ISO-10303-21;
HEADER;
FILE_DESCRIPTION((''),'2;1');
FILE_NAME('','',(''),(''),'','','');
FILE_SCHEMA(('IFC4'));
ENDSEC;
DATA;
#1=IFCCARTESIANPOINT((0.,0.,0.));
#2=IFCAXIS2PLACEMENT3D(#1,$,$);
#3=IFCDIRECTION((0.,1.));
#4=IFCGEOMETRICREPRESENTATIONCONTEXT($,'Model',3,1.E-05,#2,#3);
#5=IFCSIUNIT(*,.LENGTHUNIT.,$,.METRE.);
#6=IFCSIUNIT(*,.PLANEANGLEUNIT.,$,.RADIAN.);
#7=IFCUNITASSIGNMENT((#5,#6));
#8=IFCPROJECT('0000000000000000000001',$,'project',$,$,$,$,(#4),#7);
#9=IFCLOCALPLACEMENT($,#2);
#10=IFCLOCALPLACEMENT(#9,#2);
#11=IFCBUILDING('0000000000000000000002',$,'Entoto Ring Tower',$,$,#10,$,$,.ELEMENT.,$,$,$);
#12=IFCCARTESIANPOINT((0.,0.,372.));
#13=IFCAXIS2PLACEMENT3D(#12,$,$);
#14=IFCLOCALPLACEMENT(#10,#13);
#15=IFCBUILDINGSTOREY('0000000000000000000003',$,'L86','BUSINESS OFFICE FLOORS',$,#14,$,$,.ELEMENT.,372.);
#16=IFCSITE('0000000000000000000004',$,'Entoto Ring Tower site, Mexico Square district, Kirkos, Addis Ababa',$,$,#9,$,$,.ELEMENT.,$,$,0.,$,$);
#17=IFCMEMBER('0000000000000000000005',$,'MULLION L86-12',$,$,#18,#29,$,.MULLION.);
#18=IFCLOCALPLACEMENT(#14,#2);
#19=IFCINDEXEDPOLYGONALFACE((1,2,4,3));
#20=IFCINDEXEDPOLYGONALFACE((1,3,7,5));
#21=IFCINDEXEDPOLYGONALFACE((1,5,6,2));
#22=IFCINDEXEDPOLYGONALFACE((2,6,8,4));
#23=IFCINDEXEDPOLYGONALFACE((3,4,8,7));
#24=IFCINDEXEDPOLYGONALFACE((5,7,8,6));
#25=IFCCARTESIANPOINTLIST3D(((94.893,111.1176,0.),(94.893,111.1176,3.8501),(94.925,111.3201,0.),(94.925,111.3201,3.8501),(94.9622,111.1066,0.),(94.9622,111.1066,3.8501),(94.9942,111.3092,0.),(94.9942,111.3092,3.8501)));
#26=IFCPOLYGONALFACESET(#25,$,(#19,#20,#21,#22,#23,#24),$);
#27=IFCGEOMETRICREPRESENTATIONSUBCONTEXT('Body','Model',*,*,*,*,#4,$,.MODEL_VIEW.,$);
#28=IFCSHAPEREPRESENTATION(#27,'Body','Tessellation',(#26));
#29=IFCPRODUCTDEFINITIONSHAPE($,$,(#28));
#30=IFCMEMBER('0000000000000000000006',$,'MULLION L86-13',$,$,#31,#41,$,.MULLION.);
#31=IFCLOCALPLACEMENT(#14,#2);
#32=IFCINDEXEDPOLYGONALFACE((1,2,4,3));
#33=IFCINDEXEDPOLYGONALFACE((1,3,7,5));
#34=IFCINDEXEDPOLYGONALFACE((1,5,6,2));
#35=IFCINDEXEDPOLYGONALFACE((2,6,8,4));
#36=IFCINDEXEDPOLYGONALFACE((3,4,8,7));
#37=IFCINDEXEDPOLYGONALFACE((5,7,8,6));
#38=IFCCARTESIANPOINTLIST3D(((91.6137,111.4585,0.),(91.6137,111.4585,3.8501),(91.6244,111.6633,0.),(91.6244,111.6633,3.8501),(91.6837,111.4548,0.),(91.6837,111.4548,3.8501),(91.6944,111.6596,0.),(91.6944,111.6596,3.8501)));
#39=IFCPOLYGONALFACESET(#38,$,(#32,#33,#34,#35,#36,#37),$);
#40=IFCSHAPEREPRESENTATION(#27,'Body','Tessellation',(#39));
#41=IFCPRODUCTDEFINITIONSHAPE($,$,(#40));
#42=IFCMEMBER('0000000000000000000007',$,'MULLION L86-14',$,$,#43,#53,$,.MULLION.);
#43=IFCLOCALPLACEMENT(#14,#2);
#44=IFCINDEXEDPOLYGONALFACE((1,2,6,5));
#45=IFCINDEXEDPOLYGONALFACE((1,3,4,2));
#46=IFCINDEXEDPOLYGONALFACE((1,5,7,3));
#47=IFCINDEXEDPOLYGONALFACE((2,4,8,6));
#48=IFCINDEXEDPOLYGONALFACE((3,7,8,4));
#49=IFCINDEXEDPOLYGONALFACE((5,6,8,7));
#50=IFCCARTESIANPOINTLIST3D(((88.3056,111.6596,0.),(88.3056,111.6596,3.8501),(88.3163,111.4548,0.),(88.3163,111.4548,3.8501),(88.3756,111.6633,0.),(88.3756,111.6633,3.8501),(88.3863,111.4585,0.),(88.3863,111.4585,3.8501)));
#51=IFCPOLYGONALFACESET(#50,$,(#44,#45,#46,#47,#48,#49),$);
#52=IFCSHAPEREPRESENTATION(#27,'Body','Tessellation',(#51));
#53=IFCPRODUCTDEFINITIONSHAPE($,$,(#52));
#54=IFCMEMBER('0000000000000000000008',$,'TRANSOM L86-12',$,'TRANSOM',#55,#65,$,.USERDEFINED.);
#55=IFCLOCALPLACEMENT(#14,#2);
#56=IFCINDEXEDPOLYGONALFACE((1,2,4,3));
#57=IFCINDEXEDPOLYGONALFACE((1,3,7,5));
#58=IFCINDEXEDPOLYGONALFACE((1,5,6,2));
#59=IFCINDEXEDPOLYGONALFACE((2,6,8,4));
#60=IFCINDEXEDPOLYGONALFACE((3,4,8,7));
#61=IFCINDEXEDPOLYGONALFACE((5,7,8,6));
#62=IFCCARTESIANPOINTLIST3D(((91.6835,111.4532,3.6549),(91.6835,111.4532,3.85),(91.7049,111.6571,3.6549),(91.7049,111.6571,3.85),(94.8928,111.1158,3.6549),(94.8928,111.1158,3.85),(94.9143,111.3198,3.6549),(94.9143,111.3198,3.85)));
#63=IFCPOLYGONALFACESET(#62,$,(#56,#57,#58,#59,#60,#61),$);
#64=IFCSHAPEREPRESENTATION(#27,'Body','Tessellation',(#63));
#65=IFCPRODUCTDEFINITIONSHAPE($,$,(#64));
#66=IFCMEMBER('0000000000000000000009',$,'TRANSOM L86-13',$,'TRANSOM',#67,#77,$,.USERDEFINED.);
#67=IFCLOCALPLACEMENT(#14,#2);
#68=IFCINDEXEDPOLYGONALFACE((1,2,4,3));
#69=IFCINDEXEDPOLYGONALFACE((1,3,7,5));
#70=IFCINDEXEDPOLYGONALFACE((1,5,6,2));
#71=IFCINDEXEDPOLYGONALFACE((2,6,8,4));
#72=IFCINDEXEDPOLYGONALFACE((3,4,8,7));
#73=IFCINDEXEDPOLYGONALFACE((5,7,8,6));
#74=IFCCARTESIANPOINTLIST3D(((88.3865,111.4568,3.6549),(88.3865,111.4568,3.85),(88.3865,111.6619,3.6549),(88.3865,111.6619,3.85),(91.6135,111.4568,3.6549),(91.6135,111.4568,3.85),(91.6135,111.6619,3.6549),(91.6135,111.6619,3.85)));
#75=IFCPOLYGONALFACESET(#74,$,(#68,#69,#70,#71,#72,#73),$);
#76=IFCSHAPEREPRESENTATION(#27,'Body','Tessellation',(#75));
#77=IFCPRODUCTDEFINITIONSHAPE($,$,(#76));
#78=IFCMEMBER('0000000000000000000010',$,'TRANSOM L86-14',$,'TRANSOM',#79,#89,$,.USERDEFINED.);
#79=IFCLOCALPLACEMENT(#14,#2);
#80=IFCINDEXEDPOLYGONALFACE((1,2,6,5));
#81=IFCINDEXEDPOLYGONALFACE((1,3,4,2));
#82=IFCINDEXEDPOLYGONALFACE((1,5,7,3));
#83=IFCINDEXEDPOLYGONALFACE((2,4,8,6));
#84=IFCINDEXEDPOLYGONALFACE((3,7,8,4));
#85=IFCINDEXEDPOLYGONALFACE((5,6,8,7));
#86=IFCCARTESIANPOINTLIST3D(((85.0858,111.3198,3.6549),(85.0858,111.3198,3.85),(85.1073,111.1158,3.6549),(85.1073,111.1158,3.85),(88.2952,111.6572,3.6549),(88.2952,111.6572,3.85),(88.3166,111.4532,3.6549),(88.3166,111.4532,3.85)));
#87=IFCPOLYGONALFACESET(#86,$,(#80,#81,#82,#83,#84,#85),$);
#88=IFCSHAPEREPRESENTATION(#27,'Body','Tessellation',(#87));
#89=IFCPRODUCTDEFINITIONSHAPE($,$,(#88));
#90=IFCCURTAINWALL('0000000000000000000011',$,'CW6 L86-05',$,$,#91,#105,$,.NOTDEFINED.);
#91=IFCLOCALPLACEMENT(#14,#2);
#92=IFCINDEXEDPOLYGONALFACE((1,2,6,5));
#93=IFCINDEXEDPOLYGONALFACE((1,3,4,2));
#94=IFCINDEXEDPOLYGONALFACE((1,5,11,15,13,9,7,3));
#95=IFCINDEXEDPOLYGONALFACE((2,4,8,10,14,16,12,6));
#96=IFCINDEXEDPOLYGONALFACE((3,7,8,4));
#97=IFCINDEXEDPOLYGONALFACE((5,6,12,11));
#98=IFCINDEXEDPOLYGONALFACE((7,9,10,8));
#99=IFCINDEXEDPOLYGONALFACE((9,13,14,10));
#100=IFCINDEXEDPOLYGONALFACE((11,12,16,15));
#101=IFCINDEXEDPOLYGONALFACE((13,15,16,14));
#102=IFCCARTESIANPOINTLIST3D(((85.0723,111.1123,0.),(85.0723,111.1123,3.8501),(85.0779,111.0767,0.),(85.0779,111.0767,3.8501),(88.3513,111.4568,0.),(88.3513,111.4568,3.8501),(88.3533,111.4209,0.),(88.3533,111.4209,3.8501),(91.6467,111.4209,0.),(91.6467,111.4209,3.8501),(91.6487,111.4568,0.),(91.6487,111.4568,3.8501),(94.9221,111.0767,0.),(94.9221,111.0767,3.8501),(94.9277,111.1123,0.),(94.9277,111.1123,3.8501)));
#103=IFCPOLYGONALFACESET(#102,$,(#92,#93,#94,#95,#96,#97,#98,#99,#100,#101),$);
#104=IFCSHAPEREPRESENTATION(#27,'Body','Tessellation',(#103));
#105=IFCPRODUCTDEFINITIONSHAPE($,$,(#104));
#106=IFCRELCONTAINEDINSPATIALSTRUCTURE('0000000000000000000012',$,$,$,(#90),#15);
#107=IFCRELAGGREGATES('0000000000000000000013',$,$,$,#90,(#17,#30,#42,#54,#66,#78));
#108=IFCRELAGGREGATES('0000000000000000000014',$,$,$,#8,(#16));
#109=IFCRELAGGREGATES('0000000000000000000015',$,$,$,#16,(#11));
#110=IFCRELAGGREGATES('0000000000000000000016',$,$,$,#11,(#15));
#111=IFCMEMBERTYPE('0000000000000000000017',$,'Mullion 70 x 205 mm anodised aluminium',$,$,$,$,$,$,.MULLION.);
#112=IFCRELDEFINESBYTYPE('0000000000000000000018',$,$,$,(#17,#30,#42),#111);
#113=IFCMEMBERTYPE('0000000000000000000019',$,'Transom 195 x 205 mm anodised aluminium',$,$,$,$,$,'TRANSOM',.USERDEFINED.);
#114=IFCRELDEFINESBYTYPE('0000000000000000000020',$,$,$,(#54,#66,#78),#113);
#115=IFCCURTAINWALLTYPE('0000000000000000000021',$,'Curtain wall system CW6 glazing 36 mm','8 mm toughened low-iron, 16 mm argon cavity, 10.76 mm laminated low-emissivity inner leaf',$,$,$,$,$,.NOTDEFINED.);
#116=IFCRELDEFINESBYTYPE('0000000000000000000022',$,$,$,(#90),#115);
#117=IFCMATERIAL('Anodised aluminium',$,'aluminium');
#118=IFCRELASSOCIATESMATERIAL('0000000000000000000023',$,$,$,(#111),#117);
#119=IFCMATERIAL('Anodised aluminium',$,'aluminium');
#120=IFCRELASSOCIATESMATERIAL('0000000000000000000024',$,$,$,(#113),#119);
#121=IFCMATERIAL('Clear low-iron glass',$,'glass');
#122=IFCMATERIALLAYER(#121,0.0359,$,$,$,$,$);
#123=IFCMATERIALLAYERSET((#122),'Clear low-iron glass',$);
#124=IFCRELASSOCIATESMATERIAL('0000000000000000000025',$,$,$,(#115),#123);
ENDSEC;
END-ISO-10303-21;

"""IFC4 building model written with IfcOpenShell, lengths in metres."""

from ifc_helpers import new_model, si_unit, direction, frame, origin, origin_2d, place, context, subcontext, project, spatial, polyline, rectangle, outline, extrude, material, layer, layer_set, material_profile, profile_set, type_object, element, aggregate, save


model = new_model("IFC4")

# Units and contexts
model_context = context("Model", 3, precision=1e-05, world=origin(), true_north=direction((0.0, 1.0)))
body_context = subcontext(model_context, "Body", "Model", "MODEL_VIEW")
ifc_project = project(units=[si_unit("LENGTHUNIT", "METRE"), si_unit("PLANEANGLEUNIT", "RADIAN")], contexts=[model_context])

# Members
ifc_material_1 = material(Name="Anodised aluminium", Category="aluminium")
ifc_material_profile_1 = material_profile(ifc_material_1, rectangle(XDim=0.0701, YDim=0.2051, at=origin_2d()), Name="Mullion 70 x 205 mm anodised aluminium")
ifc_profile_set_1 = profile_set([ifc_material_profile_1], Name="Anodised aluminium")
member_type_1 = type_object("IfcMemberType", Name="Mullion 70 x 205 mm anodised aluminium", PredefinedType="MULLION", material=ifc_profile_set_1)
site_placement = place(None, origin())
building_placement = place(site_placement, origin())
storey_placement = place(building_placement, frame((0.0, 0.0, 372.0)))
member_1_placement = place(storey_placement, frame((94.9436, 111.2134, 0.0), z_axis=(0.0, 0.0, 1.0), x_axis=(-0.987688, 0.156434, 0.0)))
member_1 = element("IfcMember", 1, at=member_1_placement, type_object=member_type_1, Name="MULLION L86-12", PredefinedType="MULLION", context=body_context, shape_type="SweptSolid", body=[
    extrude(rectangle(XDim=0.0701, YDim=0.2051, at=origin_2d()), origin(), (0.0, 0.0, 1.0), 3.8501),
])
member_2_placement = place(storey_placement, frame((91.6541, 111.5591, 0.0), z_axis=(0.0, 0.0, 1.0), x_axis=(-0.99863, 0.052336, 0.0)))
member_2 = element("IfcMember", 2, at=member_2_placement, type_object=member_type_1, Name="MULLION L86-13", PredefinedType="MULLION", context=body_context, shape_type="SweptSolid", body=[
    extrude(rectangle(XDim=0.0701, YDim=0.2051, at=origin_2d()), origin(), (0.0, 0.0, 1.0), 3.8501),
])
member_3_placement = place(storey_placement, frame((88.3459, 111.5591, 0.0), z_axis=(0.0, 0.0, 1.0), x_axis=(-0.99863, -0.052336, 0.0)))
member_3 = element("IfcMember", 3, at=member_3_placement, type_object=member_type_1, Name="MULLION L86-14", PredefinedType="MULLION", context=body_context, shape_type="SweptSolid", body=[
    extrude(rectangle(XDim=0.0701, YDim=0.2051, at=origin_2d()), origin(), (0.0, 0.0, 1.0), 3.8501),
])
ifc_material_2 = material(Name="Anodised aluminium", Category="aluminium")
ifc_material_profile_2 = material_profile(ifc_material_2, rectangle(XDim=0.2051, YDim=0.1951, at=origin_2d()), Name="Transom 195 x 205 mm anodised aluminium")
ifc_profile_set_2 = profile_set([ifc_material_profile_2], Name="Anodised aluminium")
member_type_2 = type_object("IfcMemberType", Name="Transom 195 x 205 mm anodised aluminium", ElementType="TRANSOM", PredefinedType="USERDEFINED", material=ifc_profile_set_2)
member_4_placement = place(storey_placement, frame((94.9036, 111.2178, 3.7524), z_axis=(-0.99452, 0.104551, 0.0), x_axis=(-0.104551, -0.99452, 0.0)))
member_4 = element("IfcMember", 4, at=member_4_placement, type_object=member_type_2, Name="TRANSOM L86-12", ObjectType="TRANSOM", PredefinedType="USERDEFINED", context=body_context, shape_type="SweptSolid", body=[
    extrude(rectangle(XDim=0.2051, YDim=0.1951, at=origin_2d()), origin(), (0.0, 0.0, 1.0), 3.2271),
])
member_5_placement = place(storey_placement, frame((91.6135, 111.5593, 3.7524), z_axis=(-1.0, 0.0, 0.0), x_axis=(0.0, -1.0, 0.0)))
member_5 = element("IfcMember", 5, at=member_5_placement, type_object=member_type_2, Name="TRANSOM L86-13", ObjectType="TRANSOM", PredefinedType="USERDEFINED", context=body_context, shape_type="SweptSolid", body=[
    extrude(rectangle(XDim=0.2051, YDim=0.1951, at=origin_2d()), origin(), (0.0, 0.0, 1.0), 3.2271),
])
member_6_placement = place(storey_placement, frame((88.3059, 111.5552, 3.7524), z_axis=(-0.99452, -0.104551, 0.0), x_axis=(0.104551, -0.99452, 0.0)))
member_6 = element("IfcMember", 6, at=member_6_placement, type_object=member_type_2, Name="TRANSOM L86-14", ObjectType="TRANSOM", PredefinedType="USERDEFINED", context=body_context, shape_type="SweptSolid", body=[
    extrude(rectangle(XDim=0.2051, YDim=0.1951, at=origin_2d()), origin(), (0.0, 0.0, 1.0), 3.2271),
])

# Site, building, storey
site = spatial("IfcSite", under=ifc_project, at=site_placement, Name="Entoto Ring Tower site, Mexico Square district, Kirkos, Addis Ababa", CompositionType="ELEMENT", RefElevation=0.0)
building = spatial("IfcBuilding", under=site, at=building_placement, Name="Entoto Ring Tower", CompositionType="ELEMENT")
storey = spatial("IfcBuildingStorey", under=building, at=storey_placement, Name="L86", Description="BUSINESS OFFICE FLOORS", CompositionType="ELEMENT", Elevation=372.0)

# Curtain wall
ifc_material_3 = material(Name="Clear low-iron glass", Category="glass")
ifc_layer = layer(ifc_material_3, 0.0359)
ifc_layer_set = layer_set([ifc_layer], Name="Clear low-iron glass")
curtain_wall_type = type_object("IfcCurtainWallType", Name="Curtain wall system CW6 glazing 36 mm", Description="8 mm toughened low-iron, 16 mm argon cavity, 10.76 mm laminated low-emissivity inner leaf", PredefinedType="NOTDEFINED", material=ifc_layer_set)
curtain_wall_1_placement = place(storey_placement, origin())
curtain_wall_1 = element("IfcCurtainWall", 7, at=curtain_wall_1_placement, inside=storey, type_object=curtain_wall_type, Name="CW6 L86-05", PredefinedType="NOTDEFINED", context=body_context, shape_type="SweptSolid", body=[
    extrude(outline(polyline([(94.9277, 111.1123), (91.6487, 111.4568), (88.3513, 111.4568), (85.0723, 111.1123), (85.0779, 111.0767), (88.3533, 111.4209), (91.6467, 111.4209), (94.9221, 111.0767), (94.9277, 111.1123)])), origin(), (0.0, 0.0, 1.0), 3.8501),
])
aggregate(curtain_wall_1, [member_1, member_2, member_3, member_4, member_5, member_6])

save(model, "model.ifc")
